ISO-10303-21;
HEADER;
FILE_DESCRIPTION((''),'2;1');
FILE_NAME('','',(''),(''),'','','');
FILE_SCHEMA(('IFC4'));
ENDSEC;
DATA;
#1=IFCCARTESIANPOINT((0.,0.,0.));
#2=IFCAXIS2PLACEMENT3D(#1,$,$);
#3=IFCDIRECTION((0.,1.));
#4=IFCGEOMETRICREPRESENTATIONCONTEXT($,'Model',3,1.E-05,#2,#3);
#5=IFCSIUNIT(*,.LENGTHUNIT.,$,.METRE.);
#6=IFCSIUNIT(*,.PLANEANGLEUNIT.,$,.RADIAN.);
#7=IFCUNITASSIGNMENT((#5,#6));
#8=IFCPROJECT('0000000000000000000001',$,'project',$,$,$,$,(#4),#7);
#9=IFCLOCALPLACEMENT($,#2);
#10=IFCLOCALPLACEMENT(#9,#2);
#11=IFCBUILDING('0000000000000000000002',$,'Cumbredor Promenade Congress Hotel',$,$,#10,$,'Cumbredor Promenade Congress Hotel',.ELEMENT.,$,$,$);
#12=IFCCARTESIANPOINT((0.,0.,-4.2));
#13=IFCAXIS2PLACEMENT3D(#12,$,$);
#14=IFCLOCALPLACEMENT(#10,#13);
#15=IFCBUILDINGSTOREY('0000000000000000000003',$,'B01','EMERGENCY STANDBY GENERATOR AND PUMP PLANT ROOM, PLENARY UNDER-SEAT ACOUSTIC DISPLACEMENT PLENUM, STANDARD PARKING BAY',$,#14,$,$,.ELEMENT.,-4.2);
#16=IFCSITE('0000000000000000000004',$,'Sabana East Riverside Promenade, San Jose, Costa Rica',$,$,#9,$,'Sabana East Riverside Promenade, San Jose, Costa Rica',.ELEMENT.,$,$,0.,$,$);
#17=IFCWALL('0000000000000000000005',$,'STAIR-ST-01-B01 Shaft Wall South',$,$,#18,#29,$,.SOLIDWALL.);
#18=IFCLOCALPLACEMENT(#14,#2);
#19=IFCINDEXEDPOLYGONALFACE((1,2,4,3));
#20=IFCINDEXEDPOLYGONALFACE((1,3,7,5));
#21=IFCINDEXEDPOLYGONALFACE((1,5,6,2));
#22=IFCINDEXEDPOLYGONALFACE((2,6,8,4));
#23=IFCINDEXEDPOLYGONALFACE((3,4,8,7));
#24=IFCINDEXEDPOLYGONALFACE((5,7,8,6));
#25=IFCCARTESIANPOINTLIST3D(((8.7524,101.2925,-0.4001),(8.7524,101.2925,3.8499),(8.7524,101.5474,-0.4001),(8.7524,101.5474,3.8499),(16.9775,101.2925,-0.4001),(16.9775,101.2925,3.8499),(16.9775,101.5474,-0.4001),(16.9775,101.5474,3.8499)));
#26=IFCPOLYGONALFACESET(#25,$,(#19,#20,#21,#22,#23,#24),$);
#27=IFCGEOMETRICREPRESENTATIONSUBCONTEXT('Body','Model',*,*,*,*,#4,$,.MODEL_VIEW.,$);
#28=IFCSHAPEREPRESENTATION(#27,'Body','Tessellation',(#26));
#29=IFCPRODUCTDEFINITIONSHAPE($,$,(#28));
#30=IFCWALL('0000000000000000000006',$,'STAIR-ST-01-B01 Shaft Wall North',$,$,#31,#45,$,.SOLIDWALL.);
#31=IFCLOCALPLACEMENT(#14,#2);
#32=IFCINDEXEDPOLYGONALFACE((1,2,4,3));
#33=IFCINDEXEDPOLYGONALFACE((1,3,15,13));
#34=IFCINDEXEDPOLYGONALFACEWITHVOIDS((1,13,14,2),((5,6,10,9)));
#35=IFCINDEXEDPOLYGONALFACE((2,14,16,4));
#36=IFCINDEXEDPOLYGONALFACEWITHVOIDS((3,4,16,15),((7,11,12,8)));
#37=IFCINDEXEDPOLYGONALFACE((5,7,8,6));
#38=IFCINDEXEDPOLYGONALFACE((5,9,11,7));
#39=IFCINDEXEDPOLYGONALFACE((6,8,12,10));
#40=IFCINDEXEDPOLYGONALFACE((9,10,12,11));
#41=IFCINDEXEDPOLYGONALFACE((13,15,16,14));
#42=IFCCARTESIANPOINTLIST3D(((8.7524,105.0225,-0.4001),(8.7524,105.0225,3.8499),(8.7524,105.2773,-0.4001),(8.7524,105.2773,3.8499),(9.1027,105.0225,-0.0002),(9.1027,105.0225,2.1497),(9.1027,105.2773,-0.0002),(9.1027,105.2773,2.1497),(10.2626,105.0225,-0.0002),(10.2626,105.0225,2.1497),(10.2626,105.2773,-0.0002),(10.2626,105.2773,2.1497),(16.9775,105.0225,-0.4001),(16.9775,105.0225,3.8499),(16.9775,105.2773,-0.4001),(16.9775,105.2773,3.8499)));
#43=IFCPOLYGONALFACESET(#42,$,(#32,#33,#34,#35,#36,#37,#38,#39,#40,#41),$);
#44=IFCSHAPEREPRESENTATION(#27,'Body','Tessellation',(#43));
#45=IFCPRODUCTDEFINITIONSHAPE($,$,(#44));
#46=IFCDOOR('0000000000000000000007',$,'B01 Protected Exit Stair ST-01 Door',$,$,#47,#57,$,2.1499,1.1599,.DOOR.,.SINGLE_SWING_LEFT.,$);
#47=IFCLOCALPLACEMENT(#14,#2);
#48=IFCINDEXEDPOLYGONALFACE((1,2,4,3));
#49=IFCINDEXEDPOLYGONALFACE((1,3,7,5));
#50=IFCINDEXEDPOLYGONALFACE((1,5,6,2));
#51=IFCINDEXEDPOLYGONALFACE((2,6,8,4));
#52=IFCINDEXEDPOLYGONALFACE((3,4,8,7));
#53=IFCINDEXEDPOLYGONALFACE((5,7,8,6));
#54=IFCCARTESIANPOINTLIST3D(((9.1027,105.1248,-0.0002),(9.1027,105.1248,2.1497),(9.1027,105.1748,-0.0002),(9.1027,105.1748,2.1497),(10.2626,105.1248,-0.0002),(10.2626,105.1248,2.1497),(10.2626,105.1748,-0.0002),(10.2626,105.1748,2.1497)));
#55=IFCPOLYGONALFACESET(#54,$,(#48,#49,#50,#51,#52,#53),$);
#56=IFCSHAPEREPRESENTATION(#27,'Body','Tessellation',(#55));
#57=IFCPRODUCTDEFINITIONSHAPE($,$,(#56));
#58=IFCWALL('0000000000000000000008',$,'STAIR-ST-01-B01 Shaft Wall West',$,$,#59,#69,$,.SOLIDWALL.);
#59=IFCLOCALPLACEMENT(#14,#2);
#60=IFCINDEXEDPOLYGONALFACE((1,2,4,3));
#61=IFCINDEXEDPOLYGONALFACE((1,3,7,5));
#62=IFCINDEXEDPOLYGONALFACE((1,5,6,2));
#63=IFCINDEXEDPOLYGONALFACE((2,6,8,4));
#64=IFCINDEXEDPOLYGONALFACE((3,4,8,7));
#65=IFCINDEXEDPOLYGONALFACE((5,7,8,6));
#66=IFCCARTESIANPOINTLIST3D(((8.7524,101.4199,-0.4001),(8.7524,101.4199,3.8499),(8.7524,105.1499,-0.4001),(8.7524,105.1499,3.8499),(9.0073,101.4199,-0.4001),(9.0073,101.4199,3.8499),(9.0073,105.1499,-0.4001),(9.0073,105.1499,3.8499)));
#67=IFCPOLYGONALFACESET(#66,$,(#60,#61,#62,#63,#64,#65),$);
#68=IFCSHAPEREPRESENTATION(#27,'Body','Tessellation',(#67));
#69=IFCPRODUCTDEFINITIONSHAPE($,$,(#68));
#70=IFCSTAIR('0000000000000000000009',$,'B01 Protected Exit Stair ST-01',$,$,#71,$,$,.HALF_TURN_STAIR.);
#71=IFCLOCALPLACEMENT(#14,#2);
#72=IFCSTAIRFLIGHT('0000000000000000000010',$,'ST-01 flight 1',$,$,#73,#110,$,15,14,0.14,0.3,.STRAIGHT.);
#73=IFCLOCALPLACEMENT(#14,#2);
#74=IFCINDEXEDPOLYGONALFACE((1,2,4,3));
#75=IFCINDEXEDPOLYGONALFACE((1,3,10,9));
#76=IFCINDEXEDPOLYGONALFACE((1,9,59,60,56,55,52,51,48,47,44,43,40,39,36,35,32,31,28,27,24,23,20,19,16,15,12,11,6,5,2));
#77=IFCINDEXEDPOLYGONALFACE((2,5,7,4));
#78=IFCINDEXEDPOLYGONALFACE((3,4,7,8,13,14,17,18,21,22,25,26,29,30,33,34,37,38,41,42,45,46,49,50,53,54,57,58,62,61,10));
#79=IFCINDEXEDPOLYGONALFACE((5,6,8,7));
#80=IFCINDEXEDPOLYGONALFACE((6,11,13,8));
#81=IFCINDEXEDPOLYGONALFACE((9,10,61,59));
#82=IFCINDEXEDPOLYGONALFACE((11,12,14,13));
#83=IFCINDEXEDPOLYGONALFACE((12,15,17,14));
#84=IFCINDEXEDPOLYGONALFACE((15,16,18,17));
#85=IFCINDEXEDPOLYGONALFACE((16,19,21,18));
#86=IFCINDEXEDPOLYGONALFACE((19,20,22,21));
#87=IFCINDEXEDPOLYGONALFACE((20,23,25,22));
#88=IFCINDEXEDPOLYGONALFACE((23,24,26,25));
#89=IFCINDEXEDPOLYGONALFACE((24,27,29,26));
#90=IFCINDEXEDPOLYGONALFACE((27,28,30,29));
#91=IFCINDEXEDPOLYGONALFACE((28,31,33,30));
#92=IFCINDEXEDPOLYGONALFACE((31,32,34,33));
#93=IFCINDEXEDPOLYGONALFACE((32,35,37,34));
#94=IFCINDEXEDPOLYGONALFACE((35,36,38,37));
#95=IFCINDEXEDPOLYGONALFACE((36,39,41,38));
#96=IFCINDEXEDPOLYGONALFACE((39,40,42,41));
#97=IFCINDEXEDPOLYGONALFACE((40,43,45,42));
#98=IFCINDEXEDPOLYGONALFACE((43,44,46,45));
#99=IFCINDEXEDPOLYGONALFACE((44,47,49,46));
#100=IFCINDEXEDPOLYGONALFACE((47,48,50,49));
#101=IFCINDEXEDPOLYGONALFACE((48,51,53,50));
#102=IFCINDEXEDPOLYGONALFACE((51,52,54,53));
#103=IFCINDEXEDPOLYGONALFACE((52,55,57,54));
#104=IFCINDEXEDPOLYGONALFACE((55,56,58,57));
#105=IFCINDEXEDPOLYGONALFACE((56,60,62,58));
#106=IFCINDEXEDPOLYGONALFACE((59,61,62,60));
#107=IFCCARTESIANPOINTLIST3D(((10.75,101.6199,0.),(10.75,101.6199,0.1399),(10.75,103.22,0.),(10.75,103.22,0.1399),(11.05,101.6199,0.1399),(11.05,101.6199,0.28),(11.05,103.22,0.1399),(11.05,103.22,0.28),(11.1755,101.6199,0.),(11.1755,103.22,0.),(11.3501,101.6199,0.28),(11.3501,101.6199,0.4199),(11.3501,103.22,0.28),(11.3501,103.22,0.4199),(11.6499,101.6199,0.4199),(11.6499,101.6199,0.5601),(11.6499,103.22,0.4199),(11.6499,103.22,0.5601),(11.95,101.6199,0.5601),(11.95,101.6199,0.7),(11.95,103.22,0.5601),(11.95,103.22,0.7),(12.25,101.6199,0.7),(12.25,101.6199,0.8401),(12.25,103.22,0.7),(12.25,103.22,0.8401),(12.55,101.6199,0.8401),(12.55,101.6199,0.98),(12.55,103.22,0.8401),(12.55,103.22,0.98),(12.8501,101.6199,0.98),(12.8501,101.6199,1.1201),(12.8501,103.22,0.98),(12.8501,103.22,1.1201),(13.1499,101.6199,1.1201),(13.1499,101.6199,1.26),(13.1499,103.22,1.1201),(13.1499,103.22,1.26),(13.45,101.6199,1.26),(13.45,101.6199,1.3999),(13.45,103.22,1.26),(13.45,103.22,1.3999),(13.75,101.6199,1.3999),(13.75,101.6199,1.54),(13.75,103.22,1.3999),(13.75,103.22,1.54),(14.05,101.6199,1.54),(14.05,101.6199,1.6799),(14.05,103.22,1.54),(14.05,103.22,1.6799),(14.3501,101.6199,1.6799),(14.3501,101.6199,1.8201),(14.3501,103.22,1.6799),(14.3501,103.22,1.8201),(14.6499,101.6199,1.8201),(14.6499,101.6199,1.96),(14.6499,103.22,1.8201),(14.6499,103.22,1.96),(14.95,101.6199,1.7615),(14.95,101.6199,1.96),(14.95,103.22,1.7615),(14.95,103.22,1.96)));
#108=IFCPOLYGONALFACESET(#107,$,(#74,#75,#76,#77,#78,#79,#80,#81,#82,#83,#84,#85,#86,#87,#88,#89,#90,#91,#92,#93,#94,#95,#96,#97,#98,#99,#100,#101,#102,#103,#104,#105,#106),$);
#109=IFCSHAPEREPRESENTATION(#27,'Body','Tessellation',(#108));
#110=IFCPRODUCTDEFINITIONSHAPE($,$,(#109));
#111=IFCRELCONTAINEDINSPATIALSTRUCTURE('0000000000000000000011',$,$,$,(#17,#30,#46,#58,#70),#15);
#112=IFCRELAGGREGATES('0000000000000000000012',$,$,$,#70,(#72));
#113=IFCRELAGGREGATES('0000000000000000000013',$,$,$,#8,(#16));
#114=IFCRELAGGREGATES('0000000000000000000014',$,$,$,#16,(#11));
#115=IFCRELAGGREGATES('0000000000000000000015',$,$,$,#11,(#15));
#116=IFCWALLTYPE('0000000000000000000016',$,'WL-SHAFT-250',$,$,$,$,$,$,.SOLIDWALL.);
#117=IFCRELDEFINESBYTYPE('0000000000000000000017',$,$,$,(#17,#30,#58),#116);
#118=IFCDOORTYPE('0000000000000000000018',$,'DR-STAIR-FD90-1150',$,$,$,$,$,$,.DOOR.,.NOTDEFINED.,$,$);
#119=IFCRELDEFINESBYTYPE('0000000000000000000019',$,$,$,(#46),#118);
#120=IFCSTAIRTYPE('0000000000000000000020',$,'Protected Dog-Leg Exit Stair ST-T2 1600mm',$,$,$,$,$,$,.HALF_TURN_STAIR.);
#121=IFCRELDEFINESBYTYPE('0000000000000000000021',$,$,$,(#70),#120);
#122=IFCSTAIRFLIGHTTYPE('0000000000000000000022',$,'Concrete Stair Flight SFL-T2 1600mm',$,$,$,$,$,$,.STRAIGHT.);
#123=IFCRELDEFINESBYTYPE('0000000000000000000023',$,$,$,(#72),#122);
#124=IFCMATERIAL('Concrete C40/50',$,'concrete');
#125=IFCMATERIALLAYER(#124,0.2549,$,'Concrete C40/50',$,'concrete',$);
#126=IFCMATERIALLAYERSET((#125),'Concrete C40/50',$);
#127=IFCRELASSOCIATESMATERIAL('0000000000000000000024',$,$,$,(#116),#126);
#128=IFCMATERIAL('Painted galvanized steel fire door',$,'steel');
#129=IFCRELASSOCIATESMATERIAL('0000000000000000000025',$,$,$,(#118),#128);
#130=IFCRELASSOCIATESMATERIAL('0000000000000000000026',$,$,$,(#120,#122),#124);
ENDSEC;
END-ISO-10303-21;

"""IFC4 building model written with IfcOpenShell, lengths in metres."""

from ifc_helpers import new_model, si_unit, direction, frame, frame_2d, origin, place, context, subcontext, project, spatial, polyline, rectangle, outline, extrude, material, layer, layer_set, type_object, element, fill, aggregate, save


model = new_model("IFC4")

# Units and contexts
model_context = context("Model", 3, precision=1e-05, world=origin(), true_north=direction((0.0, 1.0)))
body_context = subcontext(model_context, "Body", "Model", "MODEL_VIEW")
ifc_project = project(units=[si_unit("LENGTHUNIT", "METRE"), si_unit("PLANEANGLEUNIT", "RADIAN")], contexts=[model_context])

# Site, building, storey
site_placement = place(None, origin())
site = spatial("IfcSite", under=ifc_project, at=site_placement, Name="Sabana East Riverside Promenade, San Jose, Costa Rica", LongName="Sabana East Riverside Promenade, San Jose, Costa Rica", CompositionType="ELEMENT", RefElevation=0.0)
building_placement = place(site_placement, origin())
building = spatial("IfcBuilding", under=site, at=building_placement, Name="Cumbredor Promenade Congress Hotel", LongName="Cumbredor Promenade Congress Hotel", CompositionType="ELEMENT")
storey_placement = place(building_placement, frame((0.0, 0.0, -4.2)))
storey = spatial("IfcBuildingStorey", under=building, at=storey_placement, Name="B01", Description="EMERGENCY STANDBY GENERATOR AND PUMP PLANT ROOM, PLENARY UNDER-SEAT ACOUSTIC DISPLACEMENT PLENUM, STANDARD PARKING BAY", CompositionType="ELEMENT", Elevation=-4.2)

# Shared definitions
ifc_material_1 = material(Name="Concrete C40/50", Category="concrete")

# Shared definitions
ifc_material_2 = material(Name="Painted galvanized steel fire door", Category="steel")

# Wall
ifc_layer_1 = layer(ifc_material_1, 0.2549, Name="Concrete C40/50", Category="concrete")
ifc_layer_set_1 = layer_set([ifc_layer_1], Name="Concrete C40/50")
wall_type_1 = type_object("IfcWallType", Name="WL-SHAFT-250", PredefinedType="SOLIDWALL", material=ifc_layer_set_1)
wall_1_placement = place(storey_placement, frame((8.7524, 101.4199, -0.4001), z_axis=(0.0, 0.0, 1.0), x_axis=(1.0, 0.0, 0.0)))
element("IfcWall", 1, at=wall_1_placement, inside=storey, type_object=wall_type_1, Name="STAIR-ST-01-B01 Shaft Wall South", PredefinedType="SOLIDWALL", context=body_context, shape_type="SweptSolid", body=[
    extrude(rectangle(XDim=8.2251, YDim=0.2549, at=frame_2d((4.1125, 0.0))), origin(), (0.0, 0.0, 1.0), 4.25),
])

# Wall, opening, door
wall_2_placement = place(storey_placement, frame((8.7524, 105.1499, -0.4001), z_axis=(0.0, 0.0, 1.0), x_axis=(1.0, 0.0, 0.0)))
wall_2 = element("IfcWall", 2, at=wall_2_placement, inside=storey, type_object=wall_type_1, Name="STAIR-ST-01-B01 Shaft Wall North", PredefinedType="SOLIDWALL", context=body_context, shape_type="SweptSolid", body=[
    extrude(rectangle(XDim=8.2251, YDim=0.2549, at=frame_2d((4.1125, 0.0))), origin(), (0.0, 0.0, 1.0), 4.25),
])
opening_1_placement = place(wall_2_placement, frame((0.3501, 0.0, 0.3999)))
opening_1 = element("IfcOpeningElement", 3, at=opening_1_placement, cuts=wall_2, PredefinedType="OPENING", context=body_context, shape_type="SweptSolid", body=[
    extrude(rectangle(XDim=1.1599, YDim=2.1499, at=frame_2d((0.5801, 1.075))), frame((0.0, 0.1375, 0.0), z_axis=(0.0, -1.0, 0.0), x_axis=(1.0, 0.0, 0.0)), (0.0, 0.0, 1.0), 0.2749),
])
door_type_1 = type_object("IfcDoorType", Name="DR-STAIR-FD90-1150", OperationType="NOTDEFINED", PredefinedType="DOOR", material=ifc_material_2)
door_1_placement = place(opening_1_placement, origin())
door_1 = element("IfcDoor", 4, at=door_1_placement, inside=storey, type_object=door_type_1, Name="B01 Protected Exit Stair ST-01 Door", OperationType="SINGLE_SWING_LEFT", OverallHeight=2.1499, OverallWidth=1.1599, PredefinedType="DOOR", context=body_context, shape_type="SweptSolid", body=[
    extrude(rectangle(XDim=1.1599, YDim=2.1499, at=frame_2d((0.5801, 1.075))), frame((0.0, 0.0249, 0.0), z_axis=(0.0, -1.0, 0.0), x_axis=(1.0, 0.0, 0.0)), (0.0, 0.0, 1.0), 0.05),
])
fill(opening_1, door_1)

# Wall
wall_3_placement = place(storey_placement, frame((8.8799, 101.4199, -0.4001), z_axis=(0.0, 0.0, 1.0), x_axis=(0.0, 1.0, 0.0)))
element("IfcWall", 5, at=wall_3_placement, inside=storey, type_object=wall_type_1, Name="STAIR-ST-01-B01 Shaft Wall West", PredefinedType="SOLIDWALL", context=body_context, shape_type="SweptSolid", body=[
    extrude(rectangle(XDim=3.73, YDim=0.2549, at=frame_2d((1.865, 0.0))), origin(), (0.0, 0.0, 1.0), 4.25),
])

# Stair, stair flight
stair_type = type_object("IfcStairType", Name="Protected Dog-Leg Exit Stair ST-T2 1600mm", PredefinedType="HALF_TURN_STAIR", material=ifc_material_1)
stair_placement = place(storey_placement, origin())
stair = element("IfcStair", 6, at=stair_placement, inside=storey, type_object=stair_type, Name="B01 Protected Exit Stair ST-01", PredefinedType="HALF_TURN_STAIR")
stair_flight_type = type_object("IfcStairFlightType", Name="Concrete Stair Flight SFL-T2 1600mm", PredefinedType="STRAIGHT", material=ifc_material_1)
stair_flight_placement = place(storey_placement, frame((10.75, 102.4199, 0.0), z_axis=(0.0, 0.0, 1.0), x_axis=(1.0, 0.0, 0.0)))
stair_flight = element("IfcStairFlight", 7, at=stair_flight_placement, type_object=stair_flight_type, Name="ST-01 flight 1", NumberOfRisers=15, NumberOfTreads=14, PredefinedType="STRAIGHT", RiserHeight=0.14, TreadLength=0.3, context=body_context, shape_type="SweptSolid", body=[
    extrude(outline(polyline([(0.0, 0.0), (0.0, 0.1399), (0.3, 0.1399), (0.3, 0.28), (0.6001, 0.28), (0.6001, 0.4199), (0.8999, 0.4199), (0.8999, 0.5601), (1.2, 0.5601), (1.2, 0.7), (1.5, 0.7), (1.5, 0.8401), (1.8, 0.8401), (1.8, 0.98), (2.1001, 0.98), (2.1001, 1.1201), (2.3999, 1.1201), (2.3999, 1.26), (2.7, 1.26), (2.7, 1.3999), (3.0, 1.3999), (3.0, 1.54), (3.3, 1.54), (3.3, 1.6799), (3.6001, 1.6799), (3.6001, 1.8201), (3.8999, 1.8201), (3.8999, 1.96), (4.2, 1.96), (4.2, 2.1001), (4.2, 1.7615), (0.4255, 0.0), (0.0, 0.0)])), frame((0.0, 0.8, 0.0), z_axis=(0.0, -1.0, 0.0), x_axis=(1.0, 0.0, 0.0)), (0.0, 0.0, 1.0), 1.6001),
])
aggregate(stair, [stair_flight])

save(model, "model.ifc")
